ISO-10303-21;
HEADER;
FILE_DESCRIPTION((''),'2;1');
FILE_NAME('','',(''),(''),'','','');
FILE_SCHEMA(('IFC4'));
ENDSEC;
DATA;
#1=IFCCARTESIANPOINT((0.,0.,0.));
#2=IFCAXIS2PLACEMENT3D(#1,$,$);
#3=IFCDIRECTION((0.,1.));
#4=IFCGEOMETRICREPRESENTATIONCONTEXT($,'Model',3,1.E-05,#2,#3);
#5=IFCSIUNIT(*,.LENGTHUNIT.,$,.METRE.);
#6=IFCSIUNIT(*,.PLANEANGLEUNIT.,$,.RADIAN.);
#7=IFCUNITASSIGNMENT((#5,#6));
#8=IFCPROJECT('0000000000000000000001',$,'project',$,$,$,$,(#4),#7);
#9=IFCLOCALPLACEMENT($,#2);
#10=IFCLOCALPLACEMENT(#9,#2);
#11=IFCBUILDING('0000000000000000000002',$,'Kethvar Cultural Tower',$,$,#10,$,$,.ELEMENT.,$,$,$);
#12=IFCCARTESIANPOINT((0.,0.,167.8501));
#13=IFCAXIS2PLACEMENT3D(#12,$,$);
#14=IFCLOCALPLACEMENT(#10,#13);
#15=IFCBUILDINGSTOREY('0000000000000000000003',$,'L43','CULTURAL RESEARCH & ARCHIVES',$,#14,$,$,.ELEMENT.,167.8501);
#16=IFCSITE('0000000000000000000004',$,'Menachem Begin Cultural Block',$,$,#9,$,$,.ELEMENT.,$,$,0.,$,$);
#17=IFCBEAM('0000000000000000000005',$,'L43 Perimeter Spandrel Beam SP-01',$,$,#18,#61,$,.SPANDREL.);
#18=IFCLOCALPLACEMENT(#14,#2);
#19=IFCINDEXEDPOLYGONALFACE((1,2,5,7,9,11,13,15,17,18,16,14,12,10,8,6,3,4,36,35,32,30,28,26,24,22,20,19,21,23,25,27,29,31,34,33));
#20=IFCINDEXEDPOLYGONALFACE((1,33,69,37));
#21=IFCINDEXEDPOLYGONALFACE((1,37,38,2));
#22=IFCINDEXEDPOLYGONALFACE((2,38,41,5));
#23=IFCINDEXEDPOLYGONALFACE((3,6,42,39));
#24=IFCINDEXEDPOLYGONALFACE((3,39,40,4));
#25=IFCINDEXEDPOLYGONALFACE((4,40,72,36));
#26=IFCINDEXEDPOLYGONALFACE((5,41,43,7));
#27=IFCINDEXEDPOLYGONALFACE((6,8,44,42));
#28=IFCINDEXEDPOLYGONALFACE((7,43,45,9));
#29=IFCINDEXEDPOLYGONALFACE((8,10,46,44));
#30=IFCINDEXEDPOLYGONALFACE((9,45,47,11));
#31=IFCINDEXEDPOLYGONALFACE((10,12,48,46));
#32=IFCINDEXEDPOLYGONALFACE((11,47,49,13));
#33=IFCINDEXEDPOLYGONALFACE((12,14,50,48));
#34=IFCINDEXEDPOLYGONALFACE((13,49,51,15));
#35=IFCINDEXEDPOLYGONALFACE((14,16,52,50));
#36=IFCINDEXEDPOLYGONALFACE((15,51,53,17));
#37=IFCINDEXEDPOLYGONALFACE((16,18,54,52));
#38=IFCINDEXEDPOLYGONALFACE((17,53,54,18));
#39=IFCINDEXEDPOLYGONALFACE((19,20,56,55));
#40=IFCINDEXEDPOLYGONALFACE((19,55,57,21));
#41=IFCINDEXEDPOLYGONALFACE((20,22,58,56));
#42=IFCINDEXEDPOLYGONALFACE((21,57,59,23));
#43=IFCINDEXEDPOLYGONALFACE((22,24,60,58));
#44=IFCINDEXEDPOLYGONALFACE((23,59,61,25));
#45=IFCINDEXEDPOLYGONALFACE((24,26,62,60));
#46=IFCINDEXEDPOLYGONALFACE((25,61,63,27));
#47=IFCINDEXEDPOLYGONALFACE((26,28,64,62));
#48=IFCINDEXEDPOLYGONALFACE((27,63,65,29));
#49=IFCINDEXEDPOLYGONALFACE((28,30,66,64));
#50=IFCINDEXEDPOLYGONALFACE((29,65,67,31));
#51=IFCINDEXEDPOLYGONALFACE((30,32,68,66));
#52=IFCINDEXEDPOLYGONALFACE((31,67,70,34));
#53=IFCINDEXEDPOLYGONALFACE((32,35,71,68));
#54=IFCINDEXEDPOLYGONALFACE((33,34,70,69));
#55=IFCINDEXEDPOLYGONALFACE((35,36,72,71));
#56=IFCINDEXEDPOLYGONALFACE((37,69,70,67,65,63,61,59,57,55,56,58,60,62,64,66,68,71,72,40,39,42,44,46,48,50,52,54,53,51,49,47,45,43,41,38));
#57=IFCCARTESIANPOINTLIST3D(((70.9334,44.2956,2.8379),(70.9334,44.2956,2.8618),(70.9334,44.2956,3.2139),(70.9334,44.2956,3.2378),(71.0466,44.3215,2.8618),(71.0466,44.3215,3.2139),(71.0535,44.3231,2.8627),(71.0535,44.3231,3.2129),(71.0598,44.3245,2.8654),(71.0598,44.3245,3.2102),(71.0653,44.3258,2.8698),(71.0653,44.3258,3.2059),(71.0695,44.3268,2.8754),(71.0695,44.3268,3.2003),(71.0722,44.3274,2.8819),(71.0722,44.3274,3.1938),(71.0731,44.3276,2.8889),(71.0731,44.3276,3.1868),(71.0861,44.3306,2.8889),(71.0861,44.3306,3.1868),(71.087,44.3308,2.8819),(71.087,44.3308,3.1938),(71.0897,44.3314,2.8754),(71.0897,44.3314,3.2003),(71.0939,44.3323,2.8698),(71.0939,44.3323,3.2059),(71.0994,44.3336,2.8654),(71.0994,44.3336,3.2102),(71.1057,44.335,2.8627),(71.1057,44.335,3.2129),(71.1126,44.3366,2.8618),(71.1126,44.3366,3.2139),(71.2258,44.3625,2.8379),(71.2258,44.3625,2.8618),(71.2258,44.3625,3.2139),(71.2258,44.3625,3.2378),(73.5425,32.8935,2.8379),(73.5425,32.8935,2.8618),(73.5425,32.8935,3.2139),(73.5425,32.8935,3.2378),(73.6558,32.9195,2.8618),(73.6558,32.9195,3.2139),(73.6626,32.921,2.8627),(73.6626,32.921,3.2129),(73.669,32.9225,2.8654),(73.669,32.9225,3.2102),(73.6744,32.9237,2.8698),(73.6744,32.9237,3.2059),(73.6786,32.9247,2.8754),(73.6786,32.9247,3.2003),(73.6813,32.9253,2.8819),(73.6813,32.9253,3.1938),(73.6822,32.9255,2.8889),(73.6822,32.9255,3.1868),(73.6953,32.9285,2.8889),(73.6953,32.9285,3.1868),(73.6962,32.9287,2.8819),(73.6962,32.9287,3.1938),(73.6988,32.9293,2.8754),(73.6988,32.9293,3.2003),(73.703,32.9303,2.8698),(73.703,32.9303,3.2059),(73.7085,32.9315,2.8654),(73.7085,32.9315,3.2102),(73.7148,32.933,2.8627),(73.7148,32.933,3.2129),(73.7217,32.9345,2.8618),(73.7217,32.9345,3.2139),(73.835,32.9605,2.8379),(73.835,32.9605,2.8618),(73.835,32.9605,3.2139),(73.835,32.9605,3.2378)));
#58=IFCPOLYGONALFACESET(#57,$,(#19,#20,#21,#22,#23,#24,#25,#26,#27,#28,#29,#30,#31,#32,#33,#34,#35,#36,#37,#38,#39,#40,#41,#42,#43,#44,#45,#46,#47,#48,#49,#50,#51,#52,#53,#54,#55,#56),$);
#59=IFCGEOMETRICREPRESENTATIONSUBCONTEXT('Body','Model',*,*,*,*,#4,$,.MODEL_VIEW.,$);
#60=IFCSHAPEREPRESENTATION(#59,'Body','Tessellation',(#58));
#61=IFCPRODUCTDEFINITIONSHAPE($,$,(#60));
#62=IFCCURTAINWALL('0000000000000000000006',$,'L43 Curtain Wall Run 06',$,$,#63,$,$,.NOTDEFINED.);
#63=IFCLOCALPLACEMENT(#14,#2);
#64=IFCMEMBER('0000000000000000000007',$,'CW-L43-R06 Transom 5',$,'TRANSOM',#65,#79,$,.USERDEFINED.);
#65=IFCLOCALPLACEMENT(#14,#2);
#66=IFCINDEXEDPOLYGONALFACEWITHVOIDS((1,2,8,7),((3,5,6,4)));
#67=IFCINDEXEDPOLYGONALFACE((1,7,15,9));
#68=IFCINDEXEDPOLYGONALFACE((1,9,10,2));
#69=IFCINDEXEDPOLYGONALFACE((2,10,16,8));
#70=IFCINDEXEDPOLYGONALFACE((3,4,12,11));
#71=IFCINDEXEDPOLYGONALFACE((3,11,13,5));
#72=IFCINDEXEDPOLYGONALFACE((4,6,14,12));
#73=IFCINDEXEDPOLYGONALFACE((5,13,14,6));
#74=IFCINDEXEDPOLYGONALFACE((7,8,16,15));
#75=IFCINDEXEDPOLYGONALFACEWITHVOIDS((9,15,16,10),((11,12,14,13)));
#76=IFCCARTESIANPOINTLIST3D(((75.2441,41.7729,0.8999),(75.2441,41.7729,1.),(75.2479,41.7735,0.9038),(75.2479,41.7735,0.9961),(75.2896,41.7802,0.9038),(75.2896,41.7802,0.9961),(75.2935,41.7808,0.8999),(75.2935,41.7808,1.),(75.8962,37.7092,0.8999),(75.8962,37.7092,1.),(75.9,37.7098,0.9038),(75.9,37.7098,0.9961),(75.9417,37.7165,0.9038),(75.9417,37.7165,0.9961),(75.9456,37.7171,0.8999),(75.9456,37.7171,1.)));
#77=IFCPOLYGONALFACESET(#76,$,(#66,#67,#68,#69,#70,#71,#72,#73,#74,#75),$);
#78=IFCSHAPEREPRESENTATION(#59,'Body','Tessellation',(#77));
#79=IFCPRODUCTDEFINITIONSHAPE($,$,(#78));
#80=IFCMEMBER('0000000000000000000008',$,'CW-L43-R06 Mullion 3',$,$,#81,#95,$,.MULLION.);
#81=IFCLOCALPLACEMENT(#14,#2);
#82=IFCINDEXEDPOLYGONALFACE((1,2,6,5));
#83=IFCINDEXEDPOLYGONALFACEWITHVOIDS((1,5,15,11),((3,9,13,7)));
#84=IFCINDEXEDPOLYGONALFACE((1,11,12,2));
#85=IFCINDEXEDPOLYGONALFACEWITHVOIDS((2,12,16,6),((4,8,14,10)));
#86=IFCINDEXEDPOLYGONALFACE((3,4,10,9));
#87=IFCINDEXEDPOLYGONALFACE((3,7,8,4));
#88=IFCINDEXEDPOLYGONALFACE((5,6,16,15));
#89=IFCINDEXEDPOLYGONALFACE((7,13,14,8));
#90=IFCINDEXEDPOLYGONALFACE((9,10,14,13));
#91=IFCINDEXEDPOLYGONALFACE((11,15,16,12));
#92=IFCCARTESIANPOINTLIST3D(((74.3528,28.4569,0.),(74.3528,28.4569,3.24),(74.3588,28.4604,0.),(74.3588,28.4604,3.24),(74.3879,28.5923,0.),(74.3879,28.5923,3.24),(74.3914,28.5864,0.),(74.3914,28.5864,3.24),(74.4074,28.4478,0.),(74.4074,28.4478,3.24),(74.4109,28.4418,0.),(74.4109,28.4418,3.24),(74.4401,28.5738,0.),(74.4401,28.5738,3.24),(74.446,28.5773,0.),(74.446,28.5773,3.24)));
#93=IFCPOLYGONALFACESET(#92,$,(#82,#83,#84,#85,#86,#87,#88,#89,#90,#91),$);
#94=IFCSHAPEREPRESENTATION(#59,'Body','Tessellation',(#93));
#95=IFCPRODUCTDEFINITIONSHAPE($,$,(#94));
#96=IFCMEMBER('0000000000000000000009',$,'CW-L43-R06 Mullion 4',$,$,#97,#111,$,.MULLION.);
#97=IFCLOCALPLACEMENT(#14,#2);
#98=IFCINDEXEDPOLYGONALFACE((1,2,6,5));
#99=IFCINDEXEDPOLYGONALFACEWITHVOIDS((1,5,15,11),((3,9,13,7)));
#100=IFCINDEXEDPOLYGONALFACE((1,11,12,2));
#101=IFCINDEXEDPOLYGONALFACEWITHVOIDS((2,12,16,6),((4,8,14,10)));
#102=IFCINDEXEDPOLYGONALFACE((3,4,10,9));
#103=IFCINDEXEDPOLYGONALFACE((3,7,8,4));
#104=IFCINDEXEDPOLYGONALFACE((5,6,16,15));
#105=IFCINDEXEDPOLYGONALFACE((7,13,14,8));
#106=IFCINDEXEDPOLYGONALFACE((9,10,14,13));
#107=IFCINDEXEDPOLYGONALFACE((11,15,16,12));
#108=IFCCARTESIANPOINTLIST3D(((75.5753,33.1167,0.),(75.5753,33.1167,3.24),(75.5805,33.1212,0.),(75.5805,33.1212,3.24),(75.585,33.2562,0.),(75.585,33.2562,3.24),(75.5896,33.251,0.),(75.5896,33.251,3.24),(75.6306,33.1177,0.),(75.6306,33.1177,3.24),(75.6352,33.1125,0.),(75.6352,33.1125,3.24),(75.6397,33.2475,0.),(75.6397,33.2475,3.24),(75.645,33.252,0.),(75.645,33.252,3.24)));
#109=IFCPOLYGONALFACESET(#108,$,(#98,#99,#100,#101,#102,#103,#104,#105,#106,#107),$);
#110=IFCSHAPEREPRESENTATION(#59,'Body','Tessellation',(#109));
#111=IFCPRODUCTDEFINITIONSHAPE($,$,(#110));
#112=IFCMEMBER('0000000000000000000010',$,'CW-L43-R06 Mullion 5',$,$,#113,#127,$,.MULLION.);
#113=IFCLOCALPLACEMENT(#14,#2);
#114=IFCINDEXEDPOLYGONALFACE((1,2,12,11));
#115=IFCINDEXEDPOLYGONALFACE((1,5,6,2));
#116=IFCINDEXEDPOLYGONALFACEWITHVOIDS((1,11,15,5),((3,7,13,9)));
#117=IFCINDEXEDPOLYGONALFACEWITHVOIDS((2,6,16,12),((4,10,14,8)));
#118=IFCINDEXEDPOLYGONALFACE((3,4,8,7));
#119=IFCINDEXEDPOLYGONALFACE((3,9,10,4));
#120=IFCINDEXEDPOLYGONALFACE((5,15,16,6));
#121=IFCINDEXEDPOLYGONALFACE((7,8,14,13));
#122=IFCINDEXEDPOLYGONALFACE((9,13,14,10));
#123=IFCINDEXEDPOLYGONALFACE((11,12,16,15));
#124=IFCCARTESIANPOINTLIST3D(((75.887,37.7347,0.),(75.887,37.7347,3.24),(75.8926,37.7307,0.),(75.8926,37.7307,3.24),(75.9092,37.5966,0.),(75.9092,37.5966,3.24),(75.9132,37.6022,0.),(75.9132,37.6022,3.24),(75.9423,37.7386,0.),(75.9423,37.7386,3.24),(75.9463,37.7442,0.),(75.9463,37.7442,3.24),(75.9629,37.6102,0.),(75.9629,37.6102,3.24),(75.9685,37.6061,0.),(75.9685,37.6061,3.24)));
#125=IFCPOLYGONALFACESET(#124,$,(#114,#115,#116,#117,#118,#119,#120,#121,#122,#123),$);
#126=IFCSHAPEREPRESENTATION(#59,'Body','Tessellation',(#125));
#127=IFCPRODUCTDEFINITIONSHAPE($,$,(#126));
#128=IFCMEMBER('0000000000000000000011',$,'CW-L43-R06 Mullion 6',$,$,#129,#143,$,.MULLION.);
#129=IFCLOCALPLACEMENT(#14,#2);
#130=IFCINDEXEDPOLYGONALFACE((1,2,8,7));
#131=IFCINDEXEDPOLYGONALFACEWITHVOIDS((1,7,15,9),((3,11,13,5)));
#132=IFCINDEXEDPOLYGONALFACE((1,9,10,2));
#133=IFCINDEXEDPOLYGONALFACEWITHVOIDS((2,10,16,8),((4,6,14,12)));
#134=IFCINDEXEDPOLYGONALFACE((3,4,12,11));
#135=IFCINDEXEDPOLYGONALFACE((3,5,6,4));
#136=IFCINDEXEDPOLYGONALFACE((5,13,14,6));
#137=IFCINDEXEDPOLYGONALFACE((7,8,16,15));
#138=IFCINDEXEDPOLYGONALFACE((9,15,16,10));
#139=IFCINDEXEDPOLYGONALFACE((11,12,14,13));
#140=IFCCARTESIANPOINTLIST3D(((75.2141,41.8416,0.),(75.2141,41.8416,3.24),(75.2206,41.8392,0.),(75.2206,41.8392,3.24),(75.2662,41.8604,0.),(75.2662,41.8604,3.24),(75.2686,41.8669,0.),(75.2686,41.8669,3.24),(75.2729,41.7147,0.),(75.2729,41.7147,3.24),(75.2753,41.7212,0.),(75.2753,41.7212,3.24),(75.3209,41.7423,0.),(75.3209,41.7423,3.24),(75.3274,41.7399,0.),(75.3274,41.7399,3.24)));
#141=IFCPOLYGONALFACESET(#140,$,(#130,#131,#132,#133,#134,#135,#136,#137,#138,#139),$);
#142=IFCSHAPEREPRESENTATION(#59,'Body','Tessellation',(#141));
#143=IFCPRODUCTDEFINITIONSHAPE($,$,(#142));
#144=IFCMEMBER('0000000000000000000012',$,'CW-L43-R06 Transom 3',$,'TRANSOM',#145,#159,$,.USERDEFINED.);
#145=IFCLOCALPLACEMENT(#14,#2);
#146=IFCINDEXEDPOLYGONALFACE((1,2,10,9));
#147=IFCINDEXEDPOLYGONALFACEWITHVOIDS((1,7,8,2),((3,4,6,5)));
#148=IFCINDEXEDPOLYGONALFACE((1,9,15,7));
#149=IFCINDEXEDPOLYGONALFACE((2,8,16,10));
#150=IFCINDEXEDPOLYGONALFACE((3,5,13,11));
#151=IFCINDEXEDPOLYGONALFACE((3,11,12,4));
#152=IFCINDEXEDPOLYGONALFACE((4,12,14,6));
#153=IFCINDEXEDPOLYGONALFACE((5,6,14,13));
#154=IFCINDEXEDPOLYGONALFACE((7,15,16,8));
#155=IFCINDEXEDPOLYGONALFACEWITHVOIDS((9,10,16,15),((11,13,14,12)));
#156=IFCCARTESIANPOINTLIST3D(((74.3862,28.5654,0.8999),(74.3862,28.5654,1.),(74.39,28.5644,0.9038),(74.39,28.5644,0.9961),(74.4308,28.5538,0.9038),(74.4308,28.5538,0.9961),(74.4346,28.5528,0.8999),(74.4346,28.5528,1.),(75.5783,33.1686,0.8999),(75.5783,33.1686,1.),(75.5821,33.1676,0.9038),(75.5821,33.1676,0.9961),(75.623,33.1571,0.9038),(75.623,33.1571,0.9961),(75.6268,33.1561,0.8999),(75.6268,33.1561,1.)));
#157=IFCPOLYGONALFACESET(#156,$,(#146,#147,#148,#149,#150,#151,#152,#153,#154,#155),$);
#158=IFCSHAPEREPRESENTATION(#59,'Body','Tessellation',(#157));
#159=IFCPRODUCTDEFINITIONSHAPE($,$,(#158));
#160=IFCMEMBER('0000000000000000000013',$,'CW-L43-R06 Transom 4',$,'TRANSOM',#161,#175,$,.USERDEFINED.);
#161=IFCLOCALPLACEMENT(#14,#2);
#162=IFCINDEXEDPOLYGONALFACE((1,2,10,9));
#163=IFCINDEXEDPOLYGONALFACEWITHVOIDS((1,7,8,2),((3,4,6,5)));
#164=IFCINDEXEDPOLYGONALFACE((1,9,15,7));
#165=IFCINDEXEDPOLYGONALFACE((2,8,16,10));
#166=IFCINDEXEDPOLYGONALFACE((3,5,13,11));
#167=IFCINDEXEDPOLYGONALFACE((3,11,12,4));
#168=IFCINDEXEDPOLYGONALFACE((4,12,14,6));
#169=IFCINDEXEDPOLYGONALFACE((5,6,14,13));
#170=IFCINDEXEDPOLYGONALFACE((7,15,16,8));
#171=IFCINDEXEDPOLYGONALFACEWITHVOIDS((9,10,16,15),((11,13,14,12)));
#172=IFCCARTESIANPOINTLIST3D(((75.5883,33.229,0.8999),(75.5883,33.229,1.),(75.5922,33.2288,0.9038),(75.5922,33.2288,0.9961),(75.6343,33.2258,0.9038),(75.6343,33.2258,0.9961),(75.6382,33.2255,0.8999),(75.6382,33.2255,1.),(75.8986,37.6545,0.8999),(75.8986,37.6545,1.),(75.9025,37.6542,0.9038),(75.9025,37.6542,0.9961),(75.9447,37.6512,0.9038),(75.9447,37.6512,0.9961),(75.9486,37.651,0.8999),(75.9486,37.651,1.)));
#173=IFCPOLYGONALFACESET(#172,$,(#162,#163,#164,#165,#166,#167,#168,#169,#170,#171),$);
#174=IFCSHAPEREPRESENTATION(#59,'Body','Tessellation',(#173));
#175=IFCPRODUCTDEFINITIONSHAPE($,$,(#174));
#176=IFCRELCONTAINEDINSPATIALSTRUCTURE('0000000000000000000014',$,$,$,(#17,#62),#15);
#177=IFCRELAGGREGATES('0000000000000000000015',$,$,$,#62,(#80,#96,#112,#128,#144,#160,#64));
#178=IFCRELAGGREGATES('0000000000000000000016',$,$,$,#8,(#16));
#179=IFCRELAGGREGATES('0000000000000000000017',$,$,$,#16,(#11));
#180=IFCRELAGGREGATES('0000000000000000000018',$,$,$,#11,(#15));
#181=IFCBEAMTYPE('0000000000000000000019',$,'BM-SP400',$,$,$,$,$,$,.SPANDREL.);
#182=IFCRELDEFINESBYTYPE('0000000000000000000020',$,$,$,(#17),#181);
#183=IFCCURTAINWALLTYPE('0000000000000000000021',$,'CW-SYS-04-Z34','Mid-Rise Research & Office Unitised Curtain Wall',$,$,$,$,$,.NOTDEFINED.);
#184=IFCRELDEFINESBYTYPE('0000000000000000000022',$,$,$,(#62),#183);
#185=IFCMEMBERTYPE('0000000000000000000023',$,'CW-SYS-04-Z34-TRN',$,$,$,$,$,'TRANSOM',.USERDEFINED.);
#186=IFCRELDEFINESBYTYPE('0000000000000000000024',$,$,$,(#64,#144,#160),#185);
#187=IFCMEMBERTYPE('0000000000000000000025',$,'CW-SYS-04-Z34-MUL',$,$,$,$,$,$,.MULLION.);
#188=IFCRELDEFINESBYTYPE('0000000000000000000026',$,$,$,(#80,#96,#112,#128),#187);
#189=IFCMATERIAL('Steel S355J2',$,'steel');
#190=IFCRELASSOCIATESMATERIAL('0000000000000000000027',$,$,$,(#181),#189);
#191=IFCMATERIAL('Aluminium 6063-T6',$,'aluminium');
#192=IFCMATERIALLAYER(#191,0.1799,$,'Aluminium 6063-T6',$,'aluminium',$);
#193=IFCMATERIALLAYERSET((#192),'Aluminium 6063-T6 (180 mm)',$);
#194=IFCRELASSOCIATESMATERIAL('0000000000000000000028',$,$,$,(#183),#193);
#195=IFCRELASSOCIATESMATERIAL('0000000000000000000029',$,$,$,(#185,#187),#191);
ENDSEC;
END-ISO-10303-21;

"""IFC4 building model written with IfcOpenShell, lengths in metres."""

from ifc_helpers import new_model, si_unit, direction, frame, origin, origin_2d, place, context, subcontext, project, spatial, hollow_rectangle, i_section, extrude, source, transform, mapped, material, layer, layer_set, material_profile, profile_set, type_object, element, aggregate, save


model = new_model("IFC4")

# Units and contexts
model_context = context("Model", 3, precision=1e-05, world=origin(), true_north=direction((0.0, 1.0)))
body_context = subcontext(model_context, "Body", "Model", "MODEL_VIEW")
ifc_project = project(units=[si_unit("LENGTHUNIT", "METRE"), si_unit("PLANEANGLEUNIT", "RADIAN")], contexts=[model_context])

# Site, building, storey
site_placement = place(None, origin())
site = spatial("IfcSite", under=ifc_project, at=site_placement, Name="Menachem Begin Cultural Block", CompositionType="ELEMENT", RefElevation=0.0)
building_placement = place(site_placement, origin())
building = spatial("IfcBuilding", under=site, at=building_placement, Name="Kethvar Cultural Tower", CompositionType="ELEMENT")
storey_placement = place(building_placement, frame((0.0, 0.0, 167.8501)))
storey = spatial("IfcBuildingStorey", under=building, at=storey_placement, Name="L43", Description="CULTURAL RESEARCH & ARCHIVES", CompositionType="ELEMENT", Elevation=167.8501)

# Beam
ifc_material_1 = material(Name="Steel S355J2", Category="steel")
ifc_material_profile_1 = material_profile(ifc_material_1, i_section(OverallWidth=0.3, OverallDepth=0.3999, WebThickness=0.0134, FlangeThickness=0.0239, FilletRadius=0.0271, at=origin_2d()), Name="Steel S355J2 — HEB400")
ifc_profile_set_1 = profile_set([ifc_material_profile_1], Name="Steel S355J2 — HEB400")
beam_type_1 = type_object("IfcBeamType", Name="BM-SP400", PredefinedType="SPANDREL", material=ifc_profile_set_1)
shared_shape_1 = source(origin(), body_context, "Body", "SweptSolid", [
    extrude(i_section(OverallWidth=0.3, OverallDepth=0.3999, WebThickness=0.0134, FlangeThickness=0.0239, FilletRadius=0.0271, at=origin_2d()), origin(), (0.0, 0.0, 1.0), 11.6968),
])
beam_1_placement = place(storey_placement, frame((73.6887, 32.927, 3.0378), z_axis=(-0.223063, 0.974804, 0.0), x_axis=(-0.974804, -0.223063, 0.0)))
element("IfcBeam", 1, at=beam_1_placement, inside=storey, type_object=beam_type_1, Name="L43 Perimeter Spandrel Beam SP-01", PredefinedType="SPANDREL", context=body_context, shape_type="MappedRepresentation", body=[
    mapped(shared_shape_1, transform((0.0, 0.0, 0.0), scale=1.0)),
])

# Curtain wall, members
ifc_material_2 = material(Name="Aluminium 6063-T6", Category="aluminium")
ifc_layer_1 = layer(ifc_material_2, 0.1799, Name="Aluminium 6063-T6", Category="aluminium")
ifc_layer_set_1 = layer_set([ifc_layer_1], Name="Aluminium 6063-T6 (180 mm)")
curtain_wall_type = type_object("IfcCurtainWallType", Name="CW-SYS-04-Z34", Description="Mid-Rise Research & Office Unitised Curtain Wall", PredefinedType="NOTDEFINED", material=ifc_layer_set_1)
curtain_wall_placement = place(storey_placement, origin())
curtain_wall = element("IfcCurtainWall", 2, at=curtain_wall_placement, inside=storey, type_object=curtain_wall_type, Name="L43 Curtain Wall Run 06", PredefinedType="NOTDEFINED")
ifc_material_profile_2 = material_profile(ifc_material_2, hollow_rectangle(XDim=0.05, YDim=0.1001, WallThickness=0.0039, at=origin_2d()), Name="Aluminium 6063-T6 — RHS100x50x4")
ifc_profile_set_2 = profile_set([ifc_material_profile_2], Name="Aluminium 6063-T6 — RHS100x50x4")
member_type_1 = type_object("IfcMemberType", Name="CW-SYS-04-Z34-TRN", ElementType="TRANSOM", PredefinedType="USERDEFINED", material=ifc_profile_set_2)
shared_shape_2 = source(origin(), body_context, "Body", "SweptSolid", [
    extrude(hollow_rectangle(XDim=0.05, YDim=0.1001, WallThickness=0.0039, at=origin_2d()), origin(), (0.0, 0.0, 1.0), 4.1157),
])
member_1_placement = place(storey_placement, frame((75.9209, 37.7131, 0.95), z_axis=(-0.158442, 0.987368, 0.0), x_axis=(-0.987368, -0.158442, 0.0)))
member_1 = element("IfcMember", 3, at=member_1_placement, type_object=member_type_1, Name="CW-L43-R06 Transom 5", ObjectType="TRANSOM", PredefinedType="USERDEFINED", context=body_context, shape_type="MappedRepresentation", body=[
    mapped(shared_shape_2, transform((0.0, 0.0, 0.0), scale=1.0)),
])
ifc_material_profile_3 = material_profile(ifc_material_2, hollow_rectangle(XDim=0.0601, YDim=0.1399, WallThickness=0.0049, at=origin_2d()), Name="Aluminium 6063-T6 — RHS140x60x5")
ifc_profile_set_3 = profile_set([ifc_material_profile_3], Name="Aluminium 6063-T6 — RHS140x60x5")
member_type_2 = type_object("IfcMemberType", Name="CW-SYS-04-Z34-MUL", PredefinedType="MULLION", material=ifc_profile_set_3)
shared_shape_3 = source(origin(), body_context, "Body", "SweptSolid", [
    extrude(hollow_rectangle(XDim=0.0601, YDim=0.1399, WallThickness=0.0049, at=origin_2d()), origin(), (0.0, 0.0, 1.0), 3.24),
])
member_2_placement = place(storey_placement, frame((74.3994, 28.5171, 0.0), z_axis=(0.0, 0.0, 1.0), x_axis=(-0.96806, 0.250718, 0.0)))
member_2 = element("IfcMember", 4, at=member_2_placement, type_object=member_type_2, Name="CW-L43-R06 Mullion 3", PredefinedType="MULLION", context=body_context, shape_type="MappedRepresentation", body=[
    mapped(shared_shape_3, transform((0.0, 0.0, 0.0), scale=1.0)),
])
member_3_placement = place(storey_placement, frame((75.6101, 33.1843, 0.0), z_axis=(0.0, 0.0, 1.0), x_axis=(-0.997549, 0.069965, 0.0)))
member_3 = element("IfcMember", 5, at=member_3_placement, type_object=member_type_2, Name="CW-L43-R06 Mullion 4", PredefinedType="MULLION", context=body_context, shape_type="MappedRepresentation", body=[
    mapped(shared_shape_3, transform((0.0, 0.0, 0.0), scale=1.0)),
])
member_4_placement = place(storey_placement, frame((75.9277, 37.6704, 0.0), z_axis=(0.0, 0.0, 1.0), x_axis=(-0.98737, -0.158434, 0.0)))
member_4 = element("IfcMember", 6, at=member_4_placement, type_object=member_type_2, Name="CW-L43-R06 Mullion 5", PredefinedType="MULLION", context=body_context, shape_type="MappedRepresentation", body=[
    mapped(shared_shape_3, transform((0.0, 0.0, 0.0), scale=1.0)),
])
member_5_placement = place(storey_placement, frame((75.2708, 41.7908, 0.0), z_axis=(0.0, 0.0, 1.0), x_axis=(-0.907389, -0.420292, 0.0)))
member_5 = element("IfcMember", 7, at=member_5_placement, type_object=member_type_2, Name="CW-L43-R06 Mullion 6", PredefinedType="MULLION", context=body_context, shape_type="MappedRepresentation", body=[
    mapped(shared_shape_3, transform((0.0, 0.0, 0.0), scale=1.0)),
])
shared_shape_4 = source(origin(), body_context, "Body", "SweptSolid", [
    extrude(hollow_rectangle(XDim=0.05, YDim=0.1001, WallThickness=0.0039, at=origin_2d()), origin(), (0.0, 0.0, 1.0), 4.7551),
])
member_6_placement = place(storey_placement, frame((74.4104, 28.5591, 0.95), z_axis=(0.250706, 0.968063, 0.0), x_axis=(-0.968063, 0.250706, 0.0)))
member_6 = element("IfcMember", 8, at=member_6_placement, type_object=member_type_1, Name="CW-L43-R06 Transom 3", ObjectType="TRANSOM", PredefinedType="USERDEFINED", context=body_context, shape_type="MappedRepresentation", body=[
    mapped(shared_shape_4, transform((0.0, 0.0, 0.0), scale=1.0)),
])
shared_shape_5 = source(origin(), body_context, "Body", "SweptSolid", [
    extrude(hollow_rectangle(XDim=0.05, YDim=0.1001, WallThickness=0.0039, at=origin_2d()), origin(), (0.0, 0.0, 1.0), 4.4363),
])
member_7_placement = place(storey_placement, frame((75.6133, 33.2273, 0.95), z_axis=(0.069949, 0.997551, 0.0), x_axis=(-0.997551, 0.069949, 0.0)))
member_7 = element("IfcMember", 9, at=member_7_placement, type_object=member_type_1, Name="CW-L43-R06 Transom 4", ObjectType="TRANSOM", PredefinedType="USERDEFINED", context=body_context, shape_type="MappedRepresentation", body=[
    mapped(shared_shape_5, transform((0.0, 0.0, 0.0), scale=1.0)),
])
aggregate(curtain_wall, [member_2, member_3, member_4, member_5, member_6, member_7, member_1])

save(model, "model.ifc")
